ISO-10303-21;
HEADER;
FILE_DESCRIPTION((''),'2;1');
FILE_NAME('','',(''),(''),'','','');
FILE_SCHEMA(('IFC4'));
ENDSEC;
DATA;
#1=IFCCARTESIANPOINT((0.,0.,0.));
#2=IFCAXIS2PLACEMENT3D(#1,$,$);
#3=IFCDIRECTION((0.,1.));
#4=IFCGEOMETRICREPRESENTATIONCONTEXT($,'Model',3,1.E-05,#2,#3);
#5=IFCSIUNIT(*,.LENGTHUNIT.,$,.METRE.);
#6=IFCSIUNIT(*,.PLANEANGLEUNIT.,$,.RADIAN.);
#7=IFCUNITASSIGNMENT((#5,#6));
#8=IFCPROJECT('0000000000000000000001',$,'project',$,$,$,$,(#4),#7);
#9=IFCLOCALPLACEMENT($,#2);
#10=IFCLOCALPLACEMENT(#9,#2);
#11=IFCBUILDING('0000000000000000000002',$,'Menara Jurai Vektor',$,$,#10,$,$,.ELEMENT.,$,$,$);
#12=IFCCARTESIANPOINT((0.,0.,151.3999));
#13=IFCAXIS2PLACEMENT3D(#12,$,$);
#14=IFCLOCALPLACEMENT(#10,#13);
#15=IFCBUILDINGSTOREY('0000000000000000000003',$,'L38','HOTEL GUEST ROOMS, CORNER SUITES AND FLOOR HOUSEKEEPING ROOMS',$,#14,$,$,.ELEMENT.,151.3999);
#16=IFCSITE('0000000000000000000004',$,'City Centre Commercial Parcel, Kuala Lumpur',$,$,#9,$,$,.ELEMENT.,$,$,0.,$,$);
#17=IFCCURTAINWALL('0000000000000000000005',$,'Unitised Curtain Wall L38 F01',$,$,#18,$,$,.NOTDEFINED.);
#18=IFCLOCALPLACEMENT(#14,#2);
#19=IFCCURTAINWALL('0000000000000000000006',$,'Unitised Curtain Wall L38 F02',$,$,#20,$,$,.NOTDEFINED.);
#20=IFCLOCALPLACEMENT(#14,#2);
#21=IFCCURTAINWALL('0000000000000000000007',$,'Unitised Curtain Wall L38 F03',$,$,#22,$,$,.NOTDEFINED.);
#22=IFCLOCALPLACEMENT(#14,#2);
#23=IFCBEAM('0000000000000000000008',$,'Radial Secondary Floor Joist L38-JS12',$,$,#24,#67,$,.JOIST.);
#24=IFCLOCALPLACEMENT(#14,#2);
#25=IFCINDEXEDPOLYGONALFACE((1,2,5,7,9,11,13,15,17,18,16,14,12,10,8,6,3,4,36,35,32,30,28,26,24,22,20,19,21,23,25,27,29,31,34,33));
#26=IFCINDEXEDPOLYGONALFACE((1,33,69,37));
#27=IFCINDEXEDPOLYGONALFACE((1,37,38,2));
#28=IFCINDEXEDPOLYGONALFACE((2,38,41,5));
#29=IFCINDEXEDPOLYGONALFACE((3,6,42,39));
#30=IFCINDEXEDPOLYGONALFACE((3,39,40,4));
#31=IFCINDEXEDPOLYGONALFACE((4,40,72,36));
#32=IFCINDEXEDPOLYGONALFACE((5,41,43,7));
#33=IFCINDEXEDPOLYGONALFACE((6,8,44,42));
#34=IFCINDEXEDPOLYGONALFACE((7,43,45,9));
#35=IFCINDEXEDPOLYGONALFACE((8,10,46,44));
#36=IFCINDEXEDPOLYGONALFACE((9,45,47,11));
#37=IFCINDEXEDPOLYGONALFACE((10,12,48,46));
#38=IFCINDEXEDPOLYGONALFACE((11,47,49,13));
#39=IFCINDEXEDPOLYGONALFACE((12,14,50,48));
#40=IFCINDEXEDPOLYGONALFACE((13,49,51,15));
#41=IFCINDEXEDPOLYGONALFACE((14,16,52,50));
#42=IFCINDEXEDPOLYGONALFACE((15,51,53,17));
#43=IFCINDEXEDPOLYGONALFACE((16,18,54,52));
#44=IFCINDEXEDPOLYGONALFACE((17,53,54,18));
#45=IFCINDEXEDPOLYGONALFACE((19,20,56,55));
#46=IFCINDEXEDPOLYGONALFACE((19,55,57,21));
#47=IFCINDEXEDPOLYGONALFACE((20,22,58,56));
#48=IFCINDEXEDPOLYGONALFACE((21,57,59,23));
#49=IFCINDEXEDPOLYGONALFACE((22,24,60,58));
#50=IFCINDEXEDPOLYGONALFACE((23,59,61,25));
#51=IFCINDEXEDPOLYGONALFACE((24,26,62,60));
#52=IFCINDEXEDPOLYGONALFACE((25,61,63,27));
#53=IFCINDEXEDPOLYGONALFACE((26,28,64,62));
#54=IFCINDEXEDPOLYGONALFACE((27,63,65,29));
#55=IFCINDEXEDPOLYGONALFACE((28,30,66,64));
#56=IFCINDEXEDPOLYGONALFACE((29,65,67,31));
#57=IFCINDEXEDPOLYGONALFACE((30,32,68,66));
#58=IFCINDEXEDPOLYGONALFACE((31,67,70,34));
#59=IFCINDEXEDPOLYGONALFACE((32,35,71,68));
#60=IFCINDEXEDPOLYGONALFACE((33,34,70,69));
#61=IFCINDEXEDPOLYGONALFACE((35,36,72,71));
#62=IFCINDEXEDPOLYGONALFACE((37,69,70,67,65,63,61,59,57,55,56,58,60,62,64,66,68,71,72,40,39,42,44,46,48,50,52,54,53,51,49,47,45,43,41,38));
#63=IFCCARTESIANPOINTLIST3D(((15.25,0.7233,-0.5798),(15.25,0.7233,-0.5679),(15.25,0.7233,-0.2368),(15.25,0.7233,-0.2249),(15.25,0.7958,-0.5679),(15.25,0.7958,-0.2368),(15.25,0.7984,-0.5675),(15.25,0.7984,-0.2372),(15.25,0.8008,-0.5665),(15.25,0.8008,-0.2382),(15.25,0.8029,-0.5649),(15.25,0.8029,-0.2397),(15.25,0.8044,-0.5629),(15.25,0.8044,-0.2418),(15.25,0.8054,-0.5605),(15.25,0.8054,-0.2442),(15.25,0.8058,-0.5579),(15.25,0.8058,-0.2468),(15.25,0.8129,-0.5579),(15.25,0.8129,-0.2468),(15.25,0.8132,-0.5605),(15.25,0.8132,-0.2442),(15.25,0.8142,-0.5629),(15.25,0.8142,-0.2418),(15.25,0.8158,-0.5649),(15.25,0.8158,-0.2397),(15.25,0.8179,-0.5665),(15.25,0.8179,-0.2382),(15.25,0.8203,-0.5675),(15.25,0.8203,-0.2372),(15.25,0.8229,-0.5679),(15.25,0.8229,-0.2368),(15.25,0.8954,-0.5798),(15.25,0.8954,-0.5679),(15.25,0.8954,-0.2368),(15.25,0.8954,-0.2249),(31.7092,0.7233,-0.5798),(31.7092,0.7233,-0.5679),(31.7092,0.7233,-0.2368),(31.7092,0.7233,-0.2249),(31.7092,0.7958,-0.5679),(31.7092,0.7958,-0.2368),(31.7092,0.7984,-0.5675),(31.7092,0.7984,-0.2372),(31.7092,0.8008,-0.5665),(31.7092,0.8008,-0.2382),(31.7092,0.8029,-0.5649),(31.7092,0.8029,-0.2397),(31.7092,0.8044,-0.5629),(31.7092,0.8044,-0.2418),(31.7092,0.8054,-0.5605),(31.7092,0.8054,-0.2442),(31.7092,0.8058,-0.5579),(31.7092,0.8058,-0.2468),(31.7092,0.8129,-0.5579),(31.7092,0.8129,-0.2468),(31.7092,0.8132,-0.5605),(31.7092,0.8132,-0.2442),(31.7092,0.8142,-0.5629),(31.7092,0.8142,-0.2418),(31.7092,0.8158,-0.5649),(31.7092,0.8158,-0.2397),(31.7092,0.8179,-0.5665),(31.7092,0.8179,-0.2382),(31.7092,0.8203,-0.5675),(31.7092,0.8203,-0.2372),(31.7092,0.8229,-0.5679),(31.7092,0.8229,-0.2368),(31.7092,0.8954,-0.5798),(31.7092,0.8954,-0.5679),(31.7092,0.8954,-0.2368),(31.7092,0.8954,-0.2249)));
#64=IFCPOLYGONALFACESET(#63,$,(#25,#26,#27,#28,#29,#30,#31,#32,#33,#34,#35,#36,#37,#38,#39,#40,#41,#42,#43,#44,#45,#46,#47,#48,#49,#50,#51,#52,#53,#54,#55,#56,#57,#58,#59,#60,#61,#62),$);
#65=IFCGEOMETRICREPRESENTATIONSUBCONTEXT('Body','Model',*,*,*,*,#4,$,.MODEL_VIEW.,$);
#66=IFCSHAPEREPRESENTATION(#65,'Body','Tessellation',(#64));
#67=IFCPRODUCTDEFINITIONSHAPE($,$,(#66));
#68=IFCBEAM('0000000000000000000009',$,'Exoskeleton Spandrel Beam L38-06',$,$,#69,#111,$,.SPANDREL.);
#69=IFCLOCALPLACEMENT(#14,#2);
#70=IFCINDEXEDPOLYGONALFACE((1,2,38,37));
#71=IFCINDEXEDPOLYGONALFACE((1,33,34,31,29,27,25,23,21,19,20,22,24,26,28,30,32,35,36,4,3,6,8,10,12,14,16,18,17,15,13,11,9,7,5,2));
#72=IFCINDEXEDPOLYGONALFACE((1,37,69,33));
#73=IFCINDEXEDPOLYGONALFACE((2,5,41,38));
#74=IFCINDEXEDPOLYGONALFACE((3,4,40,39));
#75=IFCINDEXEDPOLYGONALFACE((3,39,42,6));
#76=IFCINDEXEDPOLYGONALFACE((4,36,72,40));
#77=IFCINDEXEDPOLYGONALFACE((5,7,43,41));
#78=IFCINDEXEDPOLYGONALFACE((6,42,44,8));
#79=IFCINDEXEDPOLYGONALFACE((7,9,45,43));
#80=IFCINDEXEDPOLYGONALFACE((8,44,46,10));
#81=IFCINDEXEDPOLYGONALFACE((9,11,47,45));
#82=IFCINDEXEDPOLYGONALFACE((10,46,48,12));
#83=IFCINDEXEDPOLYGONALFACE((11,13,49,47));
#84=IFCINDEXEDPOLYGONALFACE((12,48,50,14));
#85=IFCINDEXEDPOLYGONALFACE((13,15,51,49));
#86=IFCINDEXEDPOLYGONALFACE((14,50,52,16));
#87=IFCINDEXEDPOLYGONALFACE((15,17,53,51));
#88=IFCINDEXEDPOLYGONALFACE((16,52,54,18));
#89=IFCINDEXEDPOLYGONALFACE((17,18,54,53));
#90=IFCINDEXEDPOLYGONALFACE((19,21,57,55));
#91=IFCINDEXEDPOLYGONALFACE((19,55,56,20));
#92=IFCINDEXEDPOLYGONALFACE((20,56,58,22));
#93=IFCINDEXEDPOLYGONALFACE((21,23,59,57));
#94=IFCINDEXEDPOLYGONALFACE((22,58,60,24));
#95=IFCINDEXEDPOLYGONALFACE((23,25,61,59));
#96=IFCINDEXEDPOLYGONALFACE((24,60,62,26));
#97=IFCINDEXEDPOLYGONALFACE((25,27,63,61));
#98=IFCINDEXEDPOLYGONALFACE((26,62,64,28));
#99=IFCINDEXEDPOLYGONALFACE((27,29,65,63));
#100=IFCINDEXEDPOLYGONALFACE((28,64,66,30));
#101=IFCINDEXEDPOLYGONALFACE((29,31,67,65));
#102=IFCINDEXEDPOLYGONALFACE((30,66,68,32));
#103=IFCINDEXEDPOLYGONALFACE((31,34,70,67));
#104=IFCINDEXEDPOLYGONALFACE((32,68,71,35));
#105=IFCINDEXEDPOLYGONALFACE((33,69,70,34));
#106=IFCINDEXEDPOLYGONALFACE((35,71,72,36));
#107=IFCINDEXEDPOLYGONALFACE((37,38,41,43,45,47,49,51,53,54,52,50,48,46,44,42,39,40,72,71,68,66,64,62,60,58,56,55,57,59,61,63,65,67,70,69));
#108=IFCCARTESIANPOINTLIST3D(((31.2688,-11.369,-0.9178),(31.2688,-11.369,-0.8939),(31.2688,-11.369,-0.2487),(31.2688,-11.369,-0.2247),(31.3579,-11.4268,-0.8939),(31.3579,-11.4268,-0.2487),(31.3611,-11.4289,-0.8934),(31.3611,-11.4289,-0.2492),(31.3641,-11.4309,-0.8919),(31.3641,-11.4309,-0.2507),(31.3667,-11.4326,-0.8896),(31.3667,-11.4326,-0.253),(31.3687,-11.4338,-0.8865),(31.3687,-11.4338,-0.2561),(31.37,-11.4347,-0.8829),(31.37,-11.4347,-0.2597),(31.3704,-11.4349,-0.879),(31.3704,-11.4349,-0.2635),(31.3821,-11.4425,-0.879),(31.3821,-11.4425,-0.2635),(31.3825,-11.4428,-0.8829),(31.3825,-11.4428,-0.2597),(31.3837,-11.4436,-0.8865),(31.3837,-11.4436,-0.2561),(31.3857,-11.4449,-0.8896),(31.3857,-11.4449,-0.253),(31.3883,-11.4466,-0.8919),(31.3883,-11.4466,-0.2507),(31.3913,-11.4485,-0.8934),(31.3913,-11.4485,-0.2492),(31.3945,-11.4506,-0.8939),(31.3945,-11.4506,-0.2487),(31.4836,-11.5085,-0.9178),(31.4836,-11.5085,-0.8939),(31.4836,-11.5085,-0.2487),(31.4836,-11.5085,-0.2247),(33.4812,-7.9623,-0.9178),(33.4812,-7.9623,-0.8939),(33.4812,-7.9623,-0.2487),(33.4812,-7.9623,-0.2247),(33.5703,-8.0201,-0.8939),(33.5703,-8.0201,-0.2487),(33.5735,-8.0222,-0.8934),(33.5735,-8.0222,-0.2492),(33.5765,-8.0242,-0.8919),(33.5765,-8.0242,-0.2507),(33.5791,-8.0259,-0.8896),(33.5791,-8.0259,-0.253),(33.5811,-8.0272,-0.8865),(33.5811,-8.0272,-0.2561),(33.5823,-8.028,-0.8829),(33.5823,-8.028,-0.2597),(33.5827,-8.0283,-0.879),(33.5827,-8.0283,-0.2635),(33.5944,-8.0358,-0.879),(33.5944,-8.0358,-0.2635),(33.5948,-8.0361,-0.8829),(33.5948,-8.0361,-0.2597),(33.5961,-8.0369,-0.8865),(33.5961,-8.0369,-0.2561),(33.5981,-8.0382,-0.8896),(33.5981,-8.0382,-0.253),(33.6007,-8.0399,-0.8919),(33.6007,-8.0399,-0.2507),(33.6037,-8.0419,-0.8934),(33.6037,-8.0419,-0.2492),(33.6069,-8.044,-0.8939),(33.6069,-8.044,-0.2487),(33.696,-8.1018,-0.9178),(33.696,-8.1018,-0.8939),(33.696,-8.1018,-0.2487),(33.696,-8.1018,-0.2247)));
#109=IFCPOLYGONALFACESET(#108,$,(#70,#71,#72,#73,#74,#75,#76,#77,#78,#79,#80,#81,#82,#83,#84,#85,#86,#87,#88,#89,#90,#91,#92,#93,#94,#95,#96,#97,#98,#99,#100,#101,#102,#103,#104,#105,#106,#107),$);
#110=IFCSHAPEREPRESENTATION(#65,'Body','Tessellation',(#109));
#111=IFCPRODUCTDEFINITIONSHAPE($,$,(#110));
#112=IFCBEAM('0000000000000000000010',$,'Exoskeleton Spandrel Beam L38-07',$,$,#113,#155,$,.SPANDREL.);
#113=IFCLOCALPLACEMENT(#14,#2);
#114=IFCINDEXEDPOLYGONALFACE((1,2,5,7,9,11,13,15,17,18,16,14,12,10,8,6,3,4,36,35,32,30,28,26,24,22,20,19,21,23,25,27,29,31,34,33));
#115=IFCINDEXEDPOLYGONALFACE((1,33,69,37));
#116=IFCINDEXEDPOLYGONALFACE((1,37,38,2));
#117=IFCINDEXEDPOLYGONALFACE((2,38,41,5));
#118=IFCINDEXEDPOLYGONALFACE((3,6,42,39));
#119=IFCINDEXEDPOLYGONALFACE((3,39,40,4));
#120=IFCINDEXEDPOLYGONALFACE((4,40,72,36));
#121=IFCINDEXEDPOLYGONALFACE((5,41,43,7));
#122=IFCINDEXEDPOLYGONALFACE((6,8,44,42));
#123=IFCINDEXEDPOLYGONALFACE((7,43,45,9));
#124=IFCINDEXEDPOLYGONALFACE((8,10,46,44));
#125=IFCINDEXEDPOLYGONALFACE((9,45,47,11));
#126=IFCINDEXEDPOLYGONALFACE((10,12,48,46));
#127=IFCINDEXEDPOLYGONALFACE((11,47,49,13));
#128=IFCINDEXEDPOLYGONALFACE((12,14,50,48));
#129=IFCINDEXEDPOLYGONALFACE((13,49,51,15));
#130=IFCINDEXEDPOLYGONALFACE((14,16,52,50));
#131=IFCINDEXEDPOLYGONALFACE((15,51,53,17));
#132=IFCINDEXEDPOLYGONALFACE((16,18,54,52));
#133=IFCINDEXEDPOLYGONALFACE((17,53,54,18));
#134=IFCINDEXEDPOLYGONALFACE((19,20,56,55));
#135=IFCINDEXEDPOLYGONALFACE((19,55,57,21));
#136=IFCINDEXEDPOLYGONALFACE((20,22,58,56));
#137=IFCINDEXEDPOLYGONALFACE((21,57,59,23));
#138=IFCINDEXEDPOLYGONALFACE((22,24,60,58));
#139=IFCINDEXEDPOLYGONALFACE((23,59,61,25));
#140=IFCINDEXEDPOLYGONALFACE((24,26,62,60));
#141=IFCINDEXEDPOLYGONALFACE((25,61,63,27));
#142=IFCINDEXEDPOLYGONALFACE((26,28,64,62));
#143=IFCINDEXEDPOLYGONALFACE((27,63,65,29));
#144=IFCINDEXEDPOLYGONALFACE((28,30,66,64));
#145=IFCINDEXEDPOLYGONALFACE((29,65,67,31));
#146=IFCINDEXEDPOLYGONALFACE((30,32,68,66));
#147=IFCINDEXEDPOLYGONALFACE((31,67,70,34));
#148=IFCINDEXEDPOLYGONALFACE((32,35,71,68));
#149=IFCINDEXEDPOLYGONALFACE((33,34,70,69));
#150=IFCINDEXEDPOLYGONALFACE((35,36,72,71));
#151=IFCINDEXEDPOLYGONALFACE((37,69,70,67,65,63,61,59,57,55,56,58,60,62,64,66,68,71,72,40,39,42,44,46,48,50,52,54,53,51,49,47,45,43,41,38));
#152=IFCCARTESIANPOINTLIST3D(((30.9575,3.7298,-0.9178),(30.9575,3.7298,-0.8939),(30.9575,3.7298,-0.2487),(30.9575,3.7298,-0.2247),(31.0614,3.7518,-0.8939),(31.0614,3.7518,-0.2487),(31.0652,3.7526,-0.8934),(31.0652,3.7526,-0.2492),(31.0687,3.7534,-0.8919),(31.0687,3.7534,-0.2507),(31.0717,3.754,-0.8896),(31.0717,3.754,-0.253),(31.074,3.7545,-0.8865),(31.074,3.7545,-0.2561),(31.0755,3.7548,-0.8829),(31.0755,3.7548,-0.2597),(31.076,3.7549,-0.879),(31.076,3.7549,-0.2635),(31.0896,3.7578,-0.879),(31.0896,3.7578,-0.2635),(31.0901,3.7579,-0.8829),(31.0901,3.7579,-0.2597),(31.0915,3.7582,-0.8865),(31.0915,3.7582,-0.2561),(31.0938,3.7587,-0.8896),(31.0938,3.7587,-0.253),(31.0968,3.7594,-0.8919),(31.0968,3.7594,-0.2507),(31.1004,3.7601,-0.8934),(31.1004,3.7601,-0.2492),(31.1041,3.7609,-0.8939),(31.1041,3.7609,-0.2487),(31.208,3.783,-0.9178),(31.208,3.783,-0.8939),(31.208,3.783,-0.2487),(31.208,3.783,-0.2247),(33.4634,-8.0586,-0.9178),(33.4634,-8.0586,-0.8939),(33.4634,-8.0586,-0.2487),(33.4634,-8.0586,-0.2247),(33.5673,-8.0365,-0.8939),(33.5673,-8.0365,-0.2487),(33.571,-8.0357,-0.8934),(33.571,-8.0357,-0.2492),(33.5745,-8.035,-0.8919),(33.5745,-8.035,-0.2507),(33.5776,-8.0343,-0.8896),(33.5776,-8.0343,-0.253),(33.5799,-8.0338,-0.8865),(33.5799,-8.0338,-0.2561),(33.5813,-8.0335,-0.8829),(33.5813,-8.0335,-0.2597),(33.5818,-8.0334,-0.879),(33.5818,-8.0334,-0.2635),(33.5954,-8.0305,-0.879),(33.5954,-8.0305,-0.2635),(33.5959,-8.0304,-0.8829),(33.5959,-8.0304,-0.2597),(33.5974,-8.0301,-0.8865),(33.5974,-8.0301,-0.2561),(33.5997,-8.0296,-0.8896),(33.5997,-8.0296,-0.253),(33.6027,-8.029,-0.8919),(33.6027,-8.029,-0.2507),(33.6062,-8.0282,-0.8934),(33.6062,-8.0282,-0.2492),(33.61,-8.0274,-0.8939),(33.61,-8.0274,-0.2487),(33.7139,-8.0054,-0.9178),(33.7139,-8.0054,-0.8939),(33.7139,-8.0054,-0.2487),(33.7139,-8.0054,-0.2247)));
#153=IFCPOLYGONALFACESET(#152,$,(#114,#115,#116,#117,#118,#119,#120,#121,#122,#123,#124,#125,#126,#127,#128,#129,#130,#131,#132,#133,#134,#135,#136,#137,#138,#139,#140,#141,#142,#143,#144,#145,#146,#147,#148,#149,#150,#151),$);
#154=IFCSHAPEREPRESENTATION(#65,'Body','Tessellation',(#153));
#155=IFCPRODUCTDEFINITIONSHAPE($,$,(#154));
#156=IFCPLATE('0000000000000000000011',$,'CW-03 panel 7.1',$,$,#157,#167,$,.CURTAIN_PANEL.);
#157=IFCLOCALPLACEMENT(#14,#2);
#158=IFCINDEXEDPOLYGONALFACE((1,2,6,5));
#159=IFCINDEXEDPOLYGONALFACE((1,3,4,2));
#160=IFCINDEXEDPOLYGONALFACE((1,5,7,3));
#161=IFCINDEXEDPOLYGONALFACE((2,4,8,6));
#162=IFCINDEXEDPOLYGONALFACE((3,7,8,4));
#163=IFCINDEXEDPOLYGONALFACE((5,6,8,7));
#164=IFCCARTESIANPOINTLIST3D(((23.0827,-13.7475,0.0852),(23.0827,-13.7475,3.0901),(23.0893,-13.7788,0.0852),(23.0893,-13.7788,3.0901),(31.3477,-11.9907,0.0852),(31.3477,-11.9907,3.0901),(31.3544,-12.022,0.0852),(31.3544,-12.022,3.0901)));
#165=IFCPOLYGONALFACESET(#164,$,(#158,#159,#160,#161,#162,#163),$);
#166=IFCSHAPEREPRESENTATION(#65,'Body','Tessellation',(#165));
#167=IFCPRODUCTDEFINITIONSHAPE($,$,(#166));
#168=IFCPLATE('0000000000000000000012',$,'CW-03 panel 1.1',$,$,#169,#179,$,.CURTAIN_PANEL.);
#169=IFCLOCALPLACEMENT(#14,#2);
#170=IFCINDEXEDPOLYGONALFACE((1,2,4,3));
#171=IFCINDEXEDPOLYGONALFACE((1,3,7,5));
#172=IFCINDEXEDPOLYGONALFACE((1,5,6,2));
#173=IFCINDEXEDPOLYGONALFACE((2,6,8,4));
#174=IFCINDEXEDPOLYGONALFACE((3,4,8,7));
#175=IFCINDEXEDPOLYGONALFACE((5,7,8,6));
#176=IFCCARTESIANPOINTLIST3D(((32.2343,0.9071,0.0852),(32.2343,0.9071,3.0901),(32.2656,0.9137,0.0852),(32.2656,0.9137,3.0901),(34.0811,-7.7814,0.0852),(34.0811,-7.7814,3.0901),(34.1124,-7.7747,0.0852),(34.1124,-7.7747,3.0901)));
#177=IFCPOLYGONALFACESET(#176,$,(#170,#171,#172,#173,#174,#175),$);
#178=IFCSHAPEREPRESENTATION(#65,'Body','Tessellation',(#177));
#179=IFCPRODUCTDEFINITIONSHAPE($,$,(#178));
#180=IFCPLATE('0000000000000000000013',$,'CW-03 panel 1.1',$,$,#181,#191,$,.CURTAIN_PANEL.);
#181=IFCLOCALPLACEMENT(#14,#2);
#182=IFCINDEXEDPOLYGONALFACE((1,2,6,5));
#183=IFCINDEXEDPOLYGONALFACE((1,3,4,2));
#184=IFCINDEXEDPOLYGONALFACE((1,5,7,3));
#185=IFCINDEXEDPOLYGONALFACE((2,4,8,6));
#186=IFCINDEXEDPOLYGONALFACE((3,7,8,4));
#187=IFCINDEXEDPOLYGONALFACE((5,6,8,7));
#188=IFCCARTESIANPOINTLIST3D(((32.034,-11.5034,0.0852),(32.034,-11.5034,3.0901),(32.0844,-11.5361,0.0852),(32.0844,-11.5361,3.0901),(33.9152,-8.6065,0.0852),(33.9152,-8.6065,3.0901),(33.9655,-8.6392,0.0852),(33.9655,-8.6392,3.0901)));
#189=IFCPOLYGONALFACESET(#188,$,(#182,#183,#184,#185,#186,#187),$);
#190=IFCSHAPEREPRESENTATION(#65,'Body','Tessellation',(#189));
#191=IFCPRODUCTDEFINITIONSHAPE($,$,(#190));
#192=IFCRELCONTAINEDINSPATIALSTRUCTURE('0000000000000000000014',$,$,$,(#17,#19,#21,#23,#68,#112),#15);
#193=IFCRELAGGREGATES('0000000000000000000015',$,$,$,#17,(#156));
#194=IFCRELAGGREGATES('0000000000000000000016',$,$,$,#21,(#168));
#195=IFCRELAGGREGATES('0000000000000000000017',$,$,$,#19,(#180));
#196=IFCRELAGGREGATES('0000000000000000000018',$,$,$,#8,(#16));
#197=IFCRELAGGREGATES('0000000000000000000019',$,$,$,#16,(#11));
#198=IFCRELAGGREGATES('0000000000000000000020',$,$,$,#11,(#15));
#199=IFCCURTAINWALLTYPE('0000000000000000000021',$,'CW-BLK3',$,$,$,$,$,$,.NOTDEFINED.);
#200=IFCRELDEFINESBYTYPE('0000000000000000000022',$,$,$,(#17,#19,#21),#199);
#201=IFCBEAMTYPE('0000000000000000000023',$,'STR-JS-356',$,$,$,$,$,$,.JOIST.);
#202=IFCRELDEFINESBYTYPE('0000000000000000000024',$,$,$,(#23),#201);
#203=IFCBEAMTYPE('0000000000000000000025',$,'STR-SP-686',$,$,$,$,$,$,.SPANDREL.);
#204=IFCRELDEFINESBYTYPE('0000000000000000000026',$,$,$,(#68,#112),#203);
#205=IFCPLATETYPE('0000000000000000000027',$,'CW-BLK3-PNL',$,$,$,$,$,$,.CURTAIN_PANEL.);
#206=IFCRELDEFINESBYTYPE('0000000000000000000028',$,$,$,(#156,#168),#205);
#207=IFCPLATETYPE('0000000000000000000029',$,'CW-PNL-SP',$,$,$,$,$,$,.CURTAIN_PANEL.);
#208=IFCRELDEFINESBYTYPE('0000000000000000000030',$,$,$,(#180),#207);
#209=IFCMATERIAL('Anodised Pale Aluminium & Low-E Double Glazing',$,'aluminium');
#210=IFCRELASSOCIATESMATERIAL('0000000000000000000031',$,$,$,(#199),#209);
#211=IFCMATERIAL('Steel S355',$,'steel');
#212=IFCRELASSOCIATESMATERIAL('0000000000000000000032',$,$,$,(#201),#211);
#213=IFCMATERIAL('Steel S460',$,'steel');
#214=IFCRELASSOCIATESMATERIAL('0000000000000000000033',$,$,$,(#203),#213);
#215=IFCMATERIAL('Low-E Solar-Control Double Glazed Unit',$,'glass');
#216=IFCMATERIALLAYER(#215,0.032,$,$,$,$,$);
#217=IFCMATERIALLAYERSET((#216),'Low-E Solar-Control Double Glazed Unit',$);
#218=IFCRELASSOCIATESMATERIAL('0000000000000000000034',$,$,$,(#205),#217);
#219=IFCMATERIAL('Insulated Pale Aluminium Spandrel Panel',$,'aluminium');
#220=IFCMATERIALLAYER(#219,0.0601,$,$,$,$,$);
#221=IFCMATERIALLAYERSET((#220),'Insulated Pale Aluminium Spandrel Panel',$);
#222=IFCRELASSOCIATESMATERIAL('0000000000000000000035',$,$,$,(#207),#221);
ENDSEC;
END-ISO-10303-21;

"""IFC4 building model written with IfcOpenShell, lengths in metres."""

from ifc_helpers import new_model, si_unit, direction, frame, origin, origin_2d, place, context, subcontext, project, spatial, rectangle, i_section, extrude, material, layer, layer_set, material_profile, profile_set, type_object, element, aggregate, save


model = new_model("IFC4")

# Units and contexts
model_context = context("Model", 3, precision=1e-05, world=origin(), true_north=direction((0.0, 1.0)))
body_context = subcontext(model_context, "Body", "Model", "MODEL_VIEW")
ifc_project = project(units=[si_unit("LENGTHUNIT", "METRE"), si_unit("PLANEANGLEUNIT", "RADIAN")], contexts=[model_context])

# Site, building, storey
site_placement = place(None, origin())
site = spatial("IfcSite", under=ifc_project, at=site_placement, Name="City Centre Commercial Parcel, Kuala Lumpur", CompositionType="ELEMENT", RefElevation=0.0)
building_placement = place(site_placement, origin())
building = spatial("IfcBuilding", under=site, at=building_placement, Name="Menara Jurai Vektor", CompositionType="ELEMENT")
storey_placement = place(building_placement, frame((0.0, 0.0, 151.3999)))
storey = spatial("IfcBuildingStorey", under=building, at=storey_placement, Name="L38", Description="HOTEL GUEST ROOMS, CORNER SUITES AND FLOOR HOUSEKEEPING ROOMS", CompositionType="ELEMENT", Elevation=151.3999)

# Shared definitions
ifc_material_1 = material(Name="Steel S460", Category="steel")

# Curtain walls
ifc_material_2 = material(Name="Anodised Pale Aluminium & Low-E Double Glazing", Category="aluminium")
curtain_wall_type = type_object("IfcCurtainWallType", Name="CW-BLK3", PredefinedType="NOTDEFINED", material=ifc_material_2)
curtain_wall_1_placement = place(storey_placement, origin())
curtain_wall_1 = element("IfcCurtainWall", 1, at=curtain_wall_1_placement, inside=storey, type_object=curtain_wall_type, Name="Unitised Curtain Wall L38 F01", PredefinedType="NOTDEFINED")
curtain_wall_2_placement = place(storey_placement, origin())
curtain_wall_2 = element("IfcCurtainWall", 2, at=curtain_wall_2_placement, inside=storey, type_object=curtain_wall_type, Name="Unitised Curtain Wall L38 F02", PredefinedType="NOTDEFINED")

# Curtain wall
curtain_wall_3_placement = place(storey_placement, origin())
curtain_wall_3 = element("IfcCurtainWall", 3, at=curtain_wall_3_placement, inside=storey, type_object=curtain_wall_type, Name="Unitised Curtain Wall L38 F03", PredefinedType="NOTDEFINED")

# Shared definitions
ifc_material_3 = material(Name="Steel S355", Category="steel")

# Beams
ifc_material_profile_1 = material_profile(ifc_material_3, i_section(OverallWidth=0.1721, OverallDepth=0.355, WebThickness=0.0071, FlangeThickness=0.012, FilletRadius=0.01, at=origin_2d()), Name="UKB 356x171x51")
ifc_profile_set_1 = profile_set([ifc_material_profile_1], Name="Steel S355")
beam_type_1 = type_object("IfcBeamType", Name="STR-JS-356", PredefinedType="JOIST", material=ifc_profile_set_1)
beam_1_placement = place(storey_placement, frame((31.7092, 0.8093, -0.4023), z_axis=(-1.0, 0.0, 0.0), x_axis=(0.0, -1.0, 0.0)))
element("IfcBeam", 4, at=beam_1_placement, inside=storey, type_object=beam_type_1, Name="Radial Secondary Floor Joist L38-JS12", PredefinedType="JOIST", context=body_context, shape_type="SweptSolid", body=[
    extrude(i_section(OverallWidth=0.1721, OverallDepth=0.355, WebThickness=0.0071, FlangeThickness=0.012, FilletRadius=0.01, at=origin_2d()), origin(), (0.0, 0.0, 1.0), 16.4592),
])
ifc_material_profile_2 = material_profile(ifc_material_1, i_section(OverallWidth=0.2561, OverallDepth=0.6931, WebThickness=0.0139, FlangeThickness=0.0239, FilletRadius=0.0149, at=origin_2d()), Name="UKB 686x254x170")
ifc_profile_set_2 = profile_set([ifc_material_profile_2], Name="Steel S460")
beam_type_2 = type_object("IfcBeamType", Name="STR-SP-686", PredefinedType="SPANDREL", material=ifc_profile_set_2)
beam_2_placement = place(storey_placement, frame((31.3762, -11.4387, -0.5713), z_axis=(0.544646, 0.838666, 0.0), x_axis=(-0.838666, 0.544646, 0.0)))
element("IfcBeam", 5, at=beam_2_placement, inside=storey, type_object=beam_type_2, Name="Exoskeleton Spandrel Beam L38-06", PredefinedType="SPANDREL", context=body_context, shape_type="SweptSolid", body=[
    extrude(i_section(OverallWidth=0.2561, OverallDepth=0.6931, WebThickness=0.0139, FlangeThickness=0.0239, FilletRadius=0.0149, at=origin_2d()), origin(), (0.0, 0.0, 1.0), 4.062),
])
beam_3_placement = place(storey_placement, frame((33.5886, -8.032, -0.5713), z_axis=(-0.207925, 0.978145, 0.0), x_axis=(-0.978145, -0.207925, 0.0)))
element("IfcBeam", 6, at=beam_3_placement, inside=storey, type_object=beam_type_2, Name="Exoskeleton Spandrel Beam L38-07", PredefinedType="SPANDREL", context=body_context, shape_type="SweptSolid", body=[
    extrude(i_section(OverallWidth=0.2561, OverallDepth=0.6931, WebThickness=0.0139, FlangeThickness=0.0239, FilletRadius=0.0149, at=origin_2d()), origin(), (0.0, 0.0, 1.0), 12.0518),
])

# Plates
ifc_material_4 = material(Name="Low-E Solar-Control Double Glazed Unit", Category="glass")
ifc_layer_1 = layer(ifc_material_4, 0.032)
ifc_layer_set_1 = layer_set([ifc_layer_1], Name="Low-E Solar-Control Double Glazed Unit")
plate_type_1 = type_object("IfcPlateType", Name="CW-BLK3-PNL", PredefinedType="CURTAIN_PANEL", material=ifc_layer_set_1)
plate_1_placement = place(storey_placement, frame((27.2185, -12.8848, 0.0852), z_axis=(0.0, 0.0, 1.0), x_axis=(0.978148, 0.207911, 0.0)))
plate_1 = element("IfcPlate", 7, at=plate_1_placement, type_object=plate_type_1, Name="CW-03 panel 7.1", PredefinedType="CURTAIN_PANEL", context=body_context, shape_type="SweptSolid", body=[
    extrude(rectangle(XDim=8.4497, YDim=0.032, at=origin_2d()), origin(), (0.0, 0.0, 1.0), 3.0049),
])
aggregate(curtain_wall_1, [plate_1])
plate_2_placement = place(storey_placement, frame((33.1733, -3.4338, 0.0852), z_axis=(0.0, 0.0, 1.0), x_axis=(-0.20791, 0.978148, 0.0)))
plate_2 = element("IfcPlate", 8, at=plate_2_placement, type_object=plate_type_1, Name="CW-03 panel 1.1", PredefinedType="CURTAIN_PANEL", context=body_context, shape_type="SweptSolid", body=[
    extrude(rectangle(XDim=8.8826, YDim=0.032, at=origin_2d()), origin(), (0.0, 0.0, 1.0), 3.0049),
])
aggregate(curtain_wall_3, [plate_2])
ifc_material_5 = material(Name="Insulated Pale Aluminium Spandrel Panel", Category="aluminium")
ifc_layer_2 = layer(ifc_material_5, 0.0601)
ifc_layer_set_2 = layer_set([ifc_layer_2], Name="Insulated Pale Aluminium Spandrel Panel")
plate_type_2 = type_object("IfcPlateType", Name="CW-PNL-SP", PredefinedType="CURTAIN_PANEL", material=ifc_layer_set_2)
plate_3_placement = place(storey_placement, frame((32.9998, -10.0713, 0.0852), z_axis=(0.0, 0.0, 1.0), x_axis=(0.544618, 0.838684, 0.0)))
plate_3 = element("IfcPlate", 9, at=plate_3_placement, type_object=plate_type_2, Name="CW-03 panel 1.1", PredefinedType="CURTAIN_PANEL", context=body_context, shape_type="SweptSolid", body=[
    extrude(rectangle(XDim=3.4541, YDim=0.0601, at=origin_2d()), origin(), (0.0, 0.0, 1.0), 3.0049),
])
aggregate(curtain_wall_2, [plate_3])

save(model, "model.ifc")
